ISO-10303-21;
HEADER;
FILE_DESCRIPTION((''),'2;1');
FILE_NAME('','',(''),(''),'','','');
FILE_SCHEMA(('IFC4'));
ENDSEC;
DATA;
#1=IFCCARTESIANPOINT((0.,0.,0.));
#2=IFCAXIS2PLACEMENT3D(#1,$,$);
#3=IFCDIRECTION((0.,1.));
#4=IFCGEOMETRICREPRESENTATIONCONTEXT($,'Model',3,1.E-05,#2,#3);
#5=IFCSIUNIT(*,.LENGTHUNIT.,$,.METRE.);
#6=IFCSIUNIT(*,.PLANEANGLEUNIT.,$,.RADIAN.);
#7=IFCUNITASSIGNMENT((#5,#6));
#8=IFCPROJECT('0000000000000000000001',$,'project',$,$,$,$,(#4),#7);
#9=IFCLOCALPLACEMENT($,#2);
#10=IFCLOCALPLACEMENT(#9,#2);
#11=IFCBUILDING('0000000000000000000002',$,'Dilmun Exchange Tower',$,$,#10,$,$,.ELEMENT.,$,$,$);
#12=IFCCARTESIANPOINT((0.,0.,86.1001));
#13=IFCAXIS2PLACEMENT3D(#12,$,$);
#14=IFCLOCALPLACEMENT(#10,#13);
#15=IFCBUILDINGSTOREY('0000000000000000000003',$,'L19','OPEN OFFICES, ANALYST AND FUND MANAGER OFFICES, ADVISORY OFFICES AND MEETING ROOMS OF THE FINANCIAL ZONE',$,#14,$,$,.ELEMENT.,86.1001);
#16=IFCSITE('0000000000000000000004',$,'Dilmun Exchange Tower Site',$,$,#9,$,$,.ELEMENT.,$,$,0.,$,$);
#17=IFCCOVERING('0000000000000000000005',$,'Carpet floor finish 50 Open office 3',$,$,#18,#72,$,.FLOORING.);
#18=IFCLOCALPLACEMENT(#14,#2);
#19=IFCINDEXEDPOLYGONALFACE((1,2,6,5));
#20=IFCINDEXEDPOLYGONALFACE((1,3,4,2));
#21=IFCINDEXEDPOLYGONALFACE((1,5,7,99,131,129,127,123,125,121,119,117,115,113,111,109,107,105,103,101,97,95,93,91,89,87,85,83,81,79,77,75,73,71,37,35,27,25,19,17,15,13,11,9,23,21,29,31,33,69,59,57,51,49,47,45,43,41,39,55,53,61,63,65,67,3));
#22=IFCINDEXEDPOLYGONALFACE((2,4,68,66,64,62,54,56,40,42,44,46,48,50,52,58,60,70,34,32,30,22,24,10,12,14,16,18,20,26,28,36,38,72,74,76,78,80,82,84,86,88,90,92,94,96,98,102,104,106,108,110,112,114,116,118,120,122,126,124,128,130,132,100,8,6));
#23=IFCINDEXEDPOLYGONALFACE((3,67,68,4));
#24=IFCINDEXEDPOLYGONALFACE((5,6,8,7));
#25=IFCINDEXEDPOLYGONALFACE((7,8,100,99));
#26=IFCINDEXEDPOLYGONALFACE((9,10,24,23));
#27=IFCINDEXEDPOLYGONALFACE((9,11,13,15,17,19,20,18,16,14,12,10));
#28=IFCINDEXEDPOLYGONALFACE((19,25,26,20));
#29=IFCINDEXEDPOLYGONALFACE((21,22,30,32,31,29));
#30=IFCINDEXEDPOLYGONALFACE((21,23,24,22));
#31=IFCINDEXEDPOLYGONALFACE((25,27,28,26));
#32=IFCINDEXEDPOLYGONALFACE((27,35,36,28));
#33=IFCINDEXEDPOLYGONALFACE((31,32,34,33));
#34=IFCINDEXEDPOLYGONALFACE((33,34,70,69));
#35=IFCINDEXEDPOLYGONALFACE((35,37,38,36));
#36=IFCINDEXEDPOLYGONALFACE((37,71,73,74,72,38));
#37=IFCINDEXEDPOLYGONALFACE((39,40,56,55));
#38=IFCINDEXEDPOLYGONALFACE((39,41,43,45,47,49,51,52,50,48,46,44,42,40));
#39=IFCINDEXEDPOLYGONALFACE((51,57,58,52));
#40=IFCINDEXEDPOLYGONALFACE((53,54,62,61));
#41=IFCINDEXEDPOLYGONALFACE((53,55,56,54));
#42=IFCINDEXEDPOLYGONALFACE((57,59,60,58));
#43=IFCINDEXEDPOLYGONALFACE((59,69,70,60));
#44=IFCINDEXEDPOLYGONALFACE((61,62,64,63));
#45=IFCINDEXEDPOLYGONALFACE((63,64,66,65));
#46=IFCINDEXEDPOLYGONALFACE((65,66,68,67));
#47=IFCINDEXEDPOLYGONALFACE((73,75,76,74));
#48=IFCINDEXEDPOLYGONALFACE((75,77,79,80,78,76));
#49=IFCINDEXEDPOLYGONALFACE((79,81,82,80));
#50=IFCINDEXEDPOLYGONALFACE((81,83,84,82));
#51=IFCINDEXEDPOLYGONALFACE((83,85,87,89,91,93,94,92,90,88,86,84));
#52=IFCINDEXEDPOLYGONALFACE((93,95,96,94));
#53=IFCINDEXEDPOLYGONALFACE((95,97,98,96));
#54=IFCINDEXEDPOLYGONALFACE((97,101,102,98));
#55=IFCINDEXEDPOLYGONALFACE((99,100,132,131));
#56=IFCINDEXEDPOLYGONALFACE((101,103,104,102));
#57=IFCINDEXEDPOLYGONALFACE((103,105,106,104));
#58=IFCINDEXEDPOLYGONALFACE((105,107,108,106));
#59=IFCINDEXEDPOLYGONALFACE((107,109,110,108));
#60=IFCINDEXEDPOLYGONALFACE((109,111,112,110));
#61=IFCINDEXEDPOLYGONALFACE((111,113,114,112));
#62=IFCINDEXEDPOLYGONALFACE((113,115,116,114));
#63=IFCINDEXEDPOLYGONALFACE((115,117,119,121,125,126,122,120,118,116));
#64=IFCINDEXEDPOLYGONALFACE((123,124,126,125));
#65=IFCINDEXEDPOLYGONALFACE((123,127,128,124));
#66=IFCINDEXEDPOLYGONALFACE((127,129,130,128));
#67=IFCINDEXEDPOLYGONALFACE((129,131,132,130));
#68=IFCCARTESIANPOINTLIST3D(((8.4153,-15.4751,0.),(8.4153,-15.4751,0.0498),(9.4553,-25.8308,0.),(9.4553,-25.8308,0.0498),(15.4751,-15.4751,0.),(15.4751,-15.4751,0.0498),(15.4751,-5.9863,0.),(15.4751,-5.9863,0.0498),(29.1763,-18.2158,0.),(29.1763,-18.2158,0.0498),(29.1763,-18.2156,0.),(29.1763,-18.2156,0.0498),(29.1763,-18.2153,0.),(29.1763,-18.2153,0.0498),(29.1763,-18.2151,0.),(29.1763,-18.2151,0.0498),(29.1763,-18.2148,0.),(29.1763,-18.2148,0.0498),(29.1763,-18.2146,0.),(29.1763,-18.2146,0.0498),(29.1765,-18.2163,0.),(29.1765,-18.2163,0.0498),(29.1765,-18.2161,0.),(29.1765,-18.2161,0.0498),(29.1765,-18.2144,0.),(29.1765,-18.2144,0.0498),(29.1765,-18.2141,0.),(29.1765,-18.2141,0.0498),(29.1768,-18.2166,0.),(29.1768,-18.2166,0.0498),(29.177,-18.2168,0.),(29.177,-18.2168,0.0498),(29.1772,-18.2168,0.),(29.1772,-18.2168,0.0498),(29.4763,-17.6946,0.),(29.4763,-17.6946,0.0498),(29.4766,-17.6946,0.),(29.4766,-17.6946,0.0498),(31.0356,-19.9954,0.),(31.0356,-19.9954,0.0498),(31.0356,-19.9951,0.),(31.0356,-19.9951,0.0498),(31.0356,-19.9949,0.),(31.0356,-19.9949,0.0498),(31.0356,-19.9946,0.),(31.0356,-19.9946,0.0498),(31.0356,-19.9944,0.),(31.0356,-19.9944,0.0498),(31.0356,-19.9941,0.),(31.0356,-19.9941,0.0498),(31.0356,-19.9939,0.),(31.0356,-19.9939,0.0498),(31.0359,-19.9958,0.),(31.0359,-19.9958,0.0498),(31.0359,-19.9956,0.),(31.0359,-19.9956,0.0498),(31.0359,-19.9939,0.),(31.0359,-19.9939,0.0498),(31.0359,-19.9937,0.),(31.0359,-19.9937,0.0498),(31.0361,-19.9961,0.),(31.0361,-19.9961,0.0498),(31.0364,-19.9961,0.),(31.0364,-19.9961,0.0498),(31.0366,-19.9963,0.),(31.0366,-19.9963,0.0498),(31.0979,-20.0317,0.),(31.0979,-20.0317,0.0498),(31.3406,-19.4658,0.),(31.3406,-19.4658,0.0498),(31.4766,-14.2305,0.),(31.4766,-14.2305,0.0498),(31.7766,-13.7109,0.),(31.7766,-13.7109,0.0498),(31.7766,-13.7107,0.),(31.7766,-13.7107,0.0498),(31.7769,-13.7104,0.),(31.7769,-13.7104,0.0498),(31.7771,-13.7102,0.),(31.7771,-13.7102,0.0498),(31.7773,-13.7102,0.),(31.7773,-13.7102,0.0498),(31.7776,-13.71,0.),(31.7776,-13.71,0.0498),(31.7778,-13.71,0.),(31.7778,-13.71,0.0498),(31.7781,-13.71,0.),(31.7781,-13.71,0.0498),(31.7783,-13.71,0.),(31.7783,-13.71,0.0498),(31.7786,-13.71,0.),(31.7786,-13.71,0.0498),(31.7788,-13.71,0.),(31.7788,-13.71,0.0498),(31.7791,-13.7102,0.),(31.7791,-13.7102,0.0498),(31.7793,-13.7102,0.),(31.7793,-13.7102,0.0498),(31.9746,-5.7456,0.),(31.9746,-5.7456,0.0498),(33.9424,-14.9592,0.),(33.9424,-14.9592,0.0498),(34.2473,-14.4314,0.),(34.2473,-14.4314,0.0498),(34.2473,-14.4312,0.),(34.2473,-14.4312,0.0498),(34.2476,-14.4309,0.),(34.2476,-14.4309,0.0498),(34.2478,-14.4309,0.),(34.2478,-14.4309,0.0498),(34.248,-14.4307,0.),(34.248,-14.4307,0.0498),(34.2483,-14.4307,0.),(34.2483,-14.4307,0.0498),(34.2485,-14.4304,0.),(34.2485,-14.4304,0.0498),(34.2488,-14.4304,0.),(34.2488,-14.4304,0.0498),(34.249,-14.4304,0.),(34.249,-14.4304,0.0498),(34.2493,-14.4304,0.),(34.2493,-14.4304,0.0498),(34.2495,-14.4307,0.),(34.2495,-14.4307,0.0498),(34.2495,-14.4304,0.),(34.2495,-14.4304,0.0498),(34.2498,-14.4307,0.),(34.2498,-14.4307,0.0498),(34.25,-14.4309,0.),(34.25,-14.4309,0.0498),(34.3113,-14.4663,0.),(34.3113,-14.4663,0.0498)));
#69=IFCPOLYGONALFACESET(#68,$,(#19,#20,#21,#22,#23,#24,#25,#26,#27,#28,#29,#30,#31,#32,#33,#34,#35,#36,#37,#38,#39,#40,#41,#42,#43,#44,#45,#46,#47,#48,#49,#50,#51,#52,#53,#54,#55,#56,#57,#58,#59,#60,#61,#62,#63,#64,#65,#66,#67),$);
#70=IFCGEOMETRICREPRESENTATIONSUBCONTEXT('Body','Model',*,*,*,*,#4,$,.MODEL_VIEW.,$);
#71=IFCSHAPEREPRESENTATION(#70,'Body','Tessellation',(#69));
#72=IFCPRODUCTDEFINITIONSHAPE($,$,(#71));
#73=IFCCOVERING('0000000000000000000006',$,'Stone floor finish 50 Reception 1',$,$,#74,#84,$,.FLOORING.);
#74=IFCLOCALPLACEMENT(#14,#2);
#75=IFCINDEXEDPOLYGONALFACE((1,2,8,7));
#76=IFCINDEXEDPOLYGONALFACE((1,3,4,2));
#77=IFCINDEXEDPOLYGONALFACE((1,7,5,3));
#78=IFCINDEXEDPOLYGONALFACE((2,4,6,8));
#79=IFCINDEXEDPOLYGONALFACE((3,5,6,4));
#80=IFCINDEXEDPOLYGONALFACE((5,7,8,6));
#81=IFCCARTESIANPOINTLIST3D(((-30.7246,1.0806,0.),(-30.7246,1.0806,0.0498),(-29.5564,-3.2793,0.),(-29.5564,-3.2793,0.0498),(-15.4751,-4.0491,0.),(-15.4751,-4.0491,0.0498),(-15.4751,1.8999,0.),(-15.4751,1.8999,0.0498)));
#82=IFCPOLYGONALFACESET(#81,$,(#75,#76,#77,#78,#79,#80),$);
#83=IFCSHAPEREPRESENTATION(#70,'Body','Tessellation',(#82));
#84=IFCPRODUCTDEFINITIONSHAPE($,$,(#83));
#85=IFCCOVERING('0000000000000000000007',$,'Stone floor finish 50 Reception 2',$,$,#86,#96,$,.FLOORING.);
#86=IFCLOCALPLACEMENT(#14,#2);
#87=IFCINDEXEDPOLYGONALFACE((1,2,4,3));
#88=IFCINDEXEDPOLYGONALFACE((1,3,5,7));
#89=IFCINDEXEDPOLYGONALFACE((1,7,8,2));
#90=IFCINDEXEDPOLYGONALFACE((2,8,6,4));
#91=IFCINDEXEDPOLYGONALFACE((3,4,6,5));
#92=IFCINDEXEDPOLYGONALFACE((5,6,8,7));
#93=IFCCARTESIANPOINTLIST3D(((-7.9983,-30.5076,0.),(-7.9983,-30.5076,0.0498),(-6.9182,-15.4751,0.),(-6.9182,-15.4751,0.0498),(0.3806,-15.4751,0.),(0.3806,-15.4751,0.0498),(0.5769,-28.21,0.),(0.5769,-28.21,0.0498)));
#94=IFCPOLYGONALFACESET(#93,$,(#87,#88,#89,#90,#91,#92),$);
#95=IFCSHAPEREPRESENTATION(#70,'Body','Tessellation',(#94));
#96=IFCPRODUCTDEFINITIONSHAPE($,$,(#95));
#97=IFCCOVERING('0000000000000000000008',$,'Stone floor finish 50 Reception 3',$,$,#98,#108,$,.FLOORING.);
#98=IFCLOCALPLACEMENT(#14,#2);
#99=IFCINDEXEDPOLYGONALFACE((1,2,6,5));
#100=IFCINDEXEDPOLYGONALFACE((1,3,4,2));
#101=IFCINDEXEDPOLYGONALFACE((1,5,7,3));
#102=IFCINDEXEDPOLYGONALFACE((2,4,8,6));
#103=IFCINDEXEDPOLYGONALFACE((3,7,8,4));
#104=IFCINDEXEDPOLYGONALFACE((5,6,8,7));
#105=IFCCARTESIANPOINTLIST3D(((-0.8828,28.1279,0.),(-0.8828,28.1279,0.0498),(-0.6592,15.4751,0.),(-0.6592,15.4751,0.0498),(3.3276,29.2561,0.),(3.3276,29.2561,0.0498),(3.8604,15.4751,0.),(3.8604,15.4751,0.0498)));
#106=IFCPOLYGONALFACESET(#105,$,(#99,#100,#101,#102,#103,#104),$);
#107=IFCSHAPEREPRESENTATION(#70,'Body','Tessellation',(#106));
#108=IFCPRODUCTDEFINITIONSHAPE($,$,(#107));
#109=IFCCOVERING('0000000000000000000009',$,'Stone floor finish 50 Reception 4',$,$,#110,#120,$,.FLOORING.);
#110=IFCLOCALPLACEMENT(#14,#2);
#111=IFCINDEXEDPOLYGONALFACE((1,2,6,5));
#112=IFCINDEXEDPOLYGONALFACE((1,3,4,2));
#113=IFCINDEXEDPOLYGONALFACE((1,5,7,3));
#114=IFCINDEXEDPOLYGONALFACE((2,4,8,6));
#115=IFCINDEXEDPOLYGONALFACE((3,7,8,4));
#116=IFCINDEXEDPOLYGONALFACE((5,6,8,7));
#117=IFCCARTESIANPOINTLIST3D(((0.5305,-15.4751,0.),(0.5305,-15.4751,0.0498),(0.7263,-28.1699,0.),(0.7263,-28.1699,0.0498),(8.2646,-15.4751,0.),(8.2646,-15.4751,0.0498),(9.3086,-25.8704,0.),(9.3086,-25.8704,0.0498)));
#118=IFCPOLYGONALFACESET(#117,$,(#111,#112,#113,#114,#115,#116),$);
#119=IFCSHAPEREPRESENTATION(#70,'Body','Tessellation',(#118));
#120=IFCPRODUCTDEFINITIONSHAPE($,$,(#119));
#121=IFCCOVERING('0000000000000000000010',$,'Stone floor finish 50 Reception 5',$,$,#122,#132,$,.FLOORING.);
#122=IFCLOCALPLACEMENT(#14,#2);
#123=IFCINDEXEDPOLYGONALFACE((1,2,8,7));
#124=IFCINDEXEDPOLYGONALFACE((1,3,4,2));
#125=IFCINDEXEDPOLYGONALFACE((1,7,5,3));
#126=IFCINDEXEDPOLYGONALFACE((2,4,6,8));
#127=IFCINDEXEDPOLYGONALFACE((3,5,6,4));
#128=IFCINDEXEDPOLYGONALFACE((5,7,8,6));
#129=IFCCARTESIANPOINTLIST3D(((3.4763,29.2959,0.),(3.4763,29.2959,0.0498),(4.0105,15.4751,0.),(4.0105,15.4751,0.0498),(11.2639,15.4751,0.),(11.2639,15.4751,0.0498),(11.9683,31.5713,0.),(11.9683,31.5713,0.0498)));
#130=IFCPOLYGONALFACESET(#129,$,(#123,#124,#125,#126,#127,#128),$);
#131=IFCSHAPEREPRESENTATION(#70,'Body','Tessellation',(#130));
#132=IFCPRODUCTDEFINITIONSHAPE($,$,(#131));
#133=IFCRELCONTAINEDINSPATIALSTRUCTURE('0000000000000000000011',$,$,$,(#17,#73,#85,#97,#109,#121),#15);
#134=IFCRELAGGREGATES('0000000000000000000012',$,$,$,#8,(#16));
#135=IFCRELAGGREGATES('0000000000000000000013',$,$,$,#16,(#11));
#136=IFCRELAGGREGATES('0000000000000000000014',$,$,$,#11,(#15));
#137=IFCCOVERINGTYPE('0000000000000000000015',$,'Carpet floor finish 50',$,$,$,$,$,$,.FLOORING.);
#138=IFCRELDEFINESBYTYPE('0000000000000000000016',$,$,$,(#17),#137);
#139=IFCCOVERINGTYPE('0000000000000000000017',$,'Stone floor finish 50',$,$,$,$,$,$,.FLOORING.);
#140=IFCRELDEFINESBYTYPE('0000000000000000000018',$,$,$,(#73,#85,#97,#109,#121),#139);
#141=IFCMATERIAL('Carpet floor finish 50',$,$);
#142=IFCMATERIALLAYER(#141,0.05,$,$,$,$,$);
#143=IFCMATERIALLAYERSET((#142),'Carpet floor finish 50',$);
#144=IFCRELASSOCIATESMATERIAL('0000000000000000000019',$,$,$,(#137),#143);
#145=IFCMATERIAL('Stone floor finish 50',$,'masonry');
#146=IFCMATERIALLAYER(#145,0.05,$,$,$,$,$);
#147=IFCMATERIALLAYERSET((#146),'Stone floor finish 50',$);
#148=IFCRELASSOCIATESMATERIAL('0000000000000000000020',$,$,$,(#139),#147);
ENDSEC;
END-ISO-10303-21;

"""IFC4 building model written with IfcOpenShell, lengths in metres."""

from ifc_helpers import new_model, si_unit, direction, frame, origin, place, context, subcontext, project, spatial, polyline, outline, extrude, material, layer, layer_set, type_object, element, save


model = new_model("IFC4")

# Units and contexts
model_context = context("Model", 3, precision=1e-05, world=origin(), true_north=direction((0.0, 1.0)))
body_context = subcontext(model_context, "Body", "Model", "MODEL_VIEW")
ifc_project = project(units=[si_unit("LENGTHUNIT", "METRE"), si_unit("PLANEANGLEUNIT", "RADIAN")], contexts=[model_context])

# Site, building, storey
site_placement = place(None, origin())
site = spatial("IfcSite", under=ifc_project, at=site_placement, Name="Dilmun Exchange Tower Site", CompositionType="ELEMENT", RefElevation=0.0)
building_placement = place(site_placement, origin())
building = spatial("IfcBuilding", under=site, at=building_placement, Name="Dilmun Exchange Tower", CompositionType="ELEMENT")
storey_placement = place(building_placement, frame((0.0, 0.0, 86.1001)))
storey = spatial("IfcBuildingStorey", under=building, at=storey_placement, Name="L19", Description="OPEN OFFICES, ANALYST AND FUND MANAGER OFFICES, ADVISORY OFFICES AND MEETING ROOMS OF THE FINANCIAL ZONE", CompositionType="ELEMENT", Elevation=86.1001)

# Coverings
ifc_material_1 = material(Name="Carpet floor finish 50")
ifc_layer_1 = layer(ifc_material_1, 0.05)
ifc_layer_set_1 = layer_set([ifc_layer_1], Name="Carpet floor finish 50")
covering_type_1 = type_object("IfcCoveringType", Name="Carpet floor finish 50", PredefinedType="FLOORING", material=ifc_layer_set_1)
covering_1_placement = place(storey_placement, origin())
element("IfcCovering", 1, at=covering_1_placement, inside=storey, type_object=covering_type_1, Name="Carpet floor finish 50 Open office 3", PredefinedType="FLOORING", context=body_context, shape_type="SweptSolid", body=[
    extrude(outline(polyline([(8.4153, -15.4751), (15.4751, -15.4751), (15.4751, -5.9863), (31.9746, -5.7456), (34.3113, -14.4663), (34.25, -14.4309), (34.2498, -14.4307), (34.2495, -14.4307), (34.2495, -14.4304), (34.2493, -14.4304), (34.249, -14.4304), (34.2488, -14.4304), (34.2485, -14.4304), (34.2483, -14.4307), (34.2483, -14.4307), (34.248, -14.4307), (34.2478, -14.4309), (34.2478, -14.4309), (34.2476, -14.4309), (34.2473, -14.4312), (34.2473, -14.4314), (34.2473, -14.4314), (33.9424, -14.9592), (31.7793, -13.7102), (31.7791, -13.7102), (31.7788, -13.71), (31.7788, -13.71), (31.7786, -13.71), (31.7783, -13.71), (31.7781, -13.71), (31.7778, -13.71), (31.7776, -13.71), (31.7776, -13.71), (31.7773, -13.7102), (31.7771, -13.7102), (31.7771, -13.7102), (31.7769, -13.7104), (31.7766, -13.7107), (31.7766, -13.7107), (31.7766, -13.7109), (31.4766, -14.2305), (29.4766, -17.6946), (29.4763, -17.6946), (29.1765, -18.2141), (29.1765, -18.2144), (29.1763, -18.2146), (29.1763, -18.2148), (29.1763, -18.2148), (29.1763, -18.2151), (29.1763, -18.2153), (29.1763, -18.2156), (29.1763, -18.2158), (29.1763, -18.2158), (29.1765, -18.2161), (29.1765, -18.2163), (29.1765, -18.2163), (29.1768, -18.2166), (29.177, -18.2168), (29.177, -18.2168), (29.1772, -18.2168), (31.3406, -19.4658), (31.0359, -19.9937), (31.0359, -19.9939), (31.0356, -19.9939), (31.0356, -19.9941), (31.0356, -19.9944), (31.0356, -19.9944), (31.0356, -19.9946), (31.0356, -19.9949), (31.0356, -19.9951), (31.0356, -19.9954), (31.0359, -19.9956), (31.0359, -19.9956), (31.0359, -19.9958), (31.0361, -19.9961), (31.0364, -19.9961), (31.0364, -19.9961), (31.0366, -19.9963), (31.0979, -20.0317), (9.4553, -25.8308), (8.4153, -15.4751)])), origin(), (0.0, 0.0, 1.0), 0.0498),
])
ifc_material_2 = material(Name="Stone floor finish 50", Category="masonry")
ifc_layer_2 = layer(ifc_material_2, 0.05)
ifc_layer_set_2 = layer_set([ifc_layer_2], Name="Stone floor finish 50")
covering_type_2 = type_object("IfcCoveringType", Name="Stone floor finish 50", PredefinedType="FLOORING", material=ifc_layer_set_2)
covering_2_placement = place(storey_placement, origin())
element("IfcCovering", 2, at=covering_2_placement, inside=storey, type_object=covering_type_2, Name="Stone floor finish 50 Reception 1", PredefinedType="FLOORING", context=body_context, shape_type="SweptSolid", body=[
    extrude(outline(polyline([(-15.4751, 1.8999), (-15.4751, -4.0491), (-29.5564, -3.2793), (-30.7246, 1.0806), (-15.4751, 1.8999)])), origin(), (0.0, 0.0, 1.0), 0.0498),
])
covering_3_placement = place(storey_placement, origin())
element("IfcCovering", 3, at=covering_3_placement, inside=storey, type_object=covering_type_2, Name="Stone floor finish 50 Reception 2", PredefinedType="FLOORING", context=body_context, shape_type="SweptSolid", body=[
    extrude(outline(polyline([(-6.9182, -15.4751), (0.3806, -15.4751), (0.5769, -28.21), (-7.9983, -30.5076), (-6.9182, -15.4751)])), origin(), (0.0, 0.0, 1.0), 0.0498),
])
covering_4_placement = place(storey_placement, origin())
element("IfcCovering", 4, at=covering_4_placement, inside=storey, type_object=covering_type_2, Name="Stone floor finish 50 Reception 3", PredefinedType="FLOORING", context=body_context, shape_type="SweptSolid", body=[
    extrude(outline(polyline([(3.8604, 15.4751), (-0.6592, 15.4751), (-0.8828, 28.1279), (3.3276, 29.2561), (3.8604, 15.4751)])), origin(), (0.0, 0.0, 1.0), 0.0498),
])
covering_5_placement = place(storey_placement, origin())
element("IfcCovering", 5, at=covering_5_placement, inside=storey, type_object=covering_type_2, Name="Stone floor finish 50 Reception 4", PredefinedType="FLOORING", context=body_context, shape_type="SweptSolid", body=[
    extrude(outline(polyline([(0.5305, -15.4751), (8.2646, -15.4751), (9.3086, -25.8704), (0.7263, -28.1699), (0.5305, -15.4751)])), origin(), (0.0, 0.0, 1.0), 0.0498),
])
covering_6_placement = place(storey_placement, origin())
element("IfcCovering", 6, at=covering_6_placement, inside=storey, type_object=covering_type_2, Name="Stone floor finish 50 Reception 5", PredefinedType="FLOORING", context=body_context, shape_type="SweptSolid", body=[
    extrude(outline(polyline([(11.2639, 15.4751), (4.0105, 15.4751), (3.4763, 29.2959), (11.9683, 31.5713), (11.2639, 15.4751)])), origin(), (0.0, 0.0, 1.0), 0.0498),
])

save(model, "model.ifc")
